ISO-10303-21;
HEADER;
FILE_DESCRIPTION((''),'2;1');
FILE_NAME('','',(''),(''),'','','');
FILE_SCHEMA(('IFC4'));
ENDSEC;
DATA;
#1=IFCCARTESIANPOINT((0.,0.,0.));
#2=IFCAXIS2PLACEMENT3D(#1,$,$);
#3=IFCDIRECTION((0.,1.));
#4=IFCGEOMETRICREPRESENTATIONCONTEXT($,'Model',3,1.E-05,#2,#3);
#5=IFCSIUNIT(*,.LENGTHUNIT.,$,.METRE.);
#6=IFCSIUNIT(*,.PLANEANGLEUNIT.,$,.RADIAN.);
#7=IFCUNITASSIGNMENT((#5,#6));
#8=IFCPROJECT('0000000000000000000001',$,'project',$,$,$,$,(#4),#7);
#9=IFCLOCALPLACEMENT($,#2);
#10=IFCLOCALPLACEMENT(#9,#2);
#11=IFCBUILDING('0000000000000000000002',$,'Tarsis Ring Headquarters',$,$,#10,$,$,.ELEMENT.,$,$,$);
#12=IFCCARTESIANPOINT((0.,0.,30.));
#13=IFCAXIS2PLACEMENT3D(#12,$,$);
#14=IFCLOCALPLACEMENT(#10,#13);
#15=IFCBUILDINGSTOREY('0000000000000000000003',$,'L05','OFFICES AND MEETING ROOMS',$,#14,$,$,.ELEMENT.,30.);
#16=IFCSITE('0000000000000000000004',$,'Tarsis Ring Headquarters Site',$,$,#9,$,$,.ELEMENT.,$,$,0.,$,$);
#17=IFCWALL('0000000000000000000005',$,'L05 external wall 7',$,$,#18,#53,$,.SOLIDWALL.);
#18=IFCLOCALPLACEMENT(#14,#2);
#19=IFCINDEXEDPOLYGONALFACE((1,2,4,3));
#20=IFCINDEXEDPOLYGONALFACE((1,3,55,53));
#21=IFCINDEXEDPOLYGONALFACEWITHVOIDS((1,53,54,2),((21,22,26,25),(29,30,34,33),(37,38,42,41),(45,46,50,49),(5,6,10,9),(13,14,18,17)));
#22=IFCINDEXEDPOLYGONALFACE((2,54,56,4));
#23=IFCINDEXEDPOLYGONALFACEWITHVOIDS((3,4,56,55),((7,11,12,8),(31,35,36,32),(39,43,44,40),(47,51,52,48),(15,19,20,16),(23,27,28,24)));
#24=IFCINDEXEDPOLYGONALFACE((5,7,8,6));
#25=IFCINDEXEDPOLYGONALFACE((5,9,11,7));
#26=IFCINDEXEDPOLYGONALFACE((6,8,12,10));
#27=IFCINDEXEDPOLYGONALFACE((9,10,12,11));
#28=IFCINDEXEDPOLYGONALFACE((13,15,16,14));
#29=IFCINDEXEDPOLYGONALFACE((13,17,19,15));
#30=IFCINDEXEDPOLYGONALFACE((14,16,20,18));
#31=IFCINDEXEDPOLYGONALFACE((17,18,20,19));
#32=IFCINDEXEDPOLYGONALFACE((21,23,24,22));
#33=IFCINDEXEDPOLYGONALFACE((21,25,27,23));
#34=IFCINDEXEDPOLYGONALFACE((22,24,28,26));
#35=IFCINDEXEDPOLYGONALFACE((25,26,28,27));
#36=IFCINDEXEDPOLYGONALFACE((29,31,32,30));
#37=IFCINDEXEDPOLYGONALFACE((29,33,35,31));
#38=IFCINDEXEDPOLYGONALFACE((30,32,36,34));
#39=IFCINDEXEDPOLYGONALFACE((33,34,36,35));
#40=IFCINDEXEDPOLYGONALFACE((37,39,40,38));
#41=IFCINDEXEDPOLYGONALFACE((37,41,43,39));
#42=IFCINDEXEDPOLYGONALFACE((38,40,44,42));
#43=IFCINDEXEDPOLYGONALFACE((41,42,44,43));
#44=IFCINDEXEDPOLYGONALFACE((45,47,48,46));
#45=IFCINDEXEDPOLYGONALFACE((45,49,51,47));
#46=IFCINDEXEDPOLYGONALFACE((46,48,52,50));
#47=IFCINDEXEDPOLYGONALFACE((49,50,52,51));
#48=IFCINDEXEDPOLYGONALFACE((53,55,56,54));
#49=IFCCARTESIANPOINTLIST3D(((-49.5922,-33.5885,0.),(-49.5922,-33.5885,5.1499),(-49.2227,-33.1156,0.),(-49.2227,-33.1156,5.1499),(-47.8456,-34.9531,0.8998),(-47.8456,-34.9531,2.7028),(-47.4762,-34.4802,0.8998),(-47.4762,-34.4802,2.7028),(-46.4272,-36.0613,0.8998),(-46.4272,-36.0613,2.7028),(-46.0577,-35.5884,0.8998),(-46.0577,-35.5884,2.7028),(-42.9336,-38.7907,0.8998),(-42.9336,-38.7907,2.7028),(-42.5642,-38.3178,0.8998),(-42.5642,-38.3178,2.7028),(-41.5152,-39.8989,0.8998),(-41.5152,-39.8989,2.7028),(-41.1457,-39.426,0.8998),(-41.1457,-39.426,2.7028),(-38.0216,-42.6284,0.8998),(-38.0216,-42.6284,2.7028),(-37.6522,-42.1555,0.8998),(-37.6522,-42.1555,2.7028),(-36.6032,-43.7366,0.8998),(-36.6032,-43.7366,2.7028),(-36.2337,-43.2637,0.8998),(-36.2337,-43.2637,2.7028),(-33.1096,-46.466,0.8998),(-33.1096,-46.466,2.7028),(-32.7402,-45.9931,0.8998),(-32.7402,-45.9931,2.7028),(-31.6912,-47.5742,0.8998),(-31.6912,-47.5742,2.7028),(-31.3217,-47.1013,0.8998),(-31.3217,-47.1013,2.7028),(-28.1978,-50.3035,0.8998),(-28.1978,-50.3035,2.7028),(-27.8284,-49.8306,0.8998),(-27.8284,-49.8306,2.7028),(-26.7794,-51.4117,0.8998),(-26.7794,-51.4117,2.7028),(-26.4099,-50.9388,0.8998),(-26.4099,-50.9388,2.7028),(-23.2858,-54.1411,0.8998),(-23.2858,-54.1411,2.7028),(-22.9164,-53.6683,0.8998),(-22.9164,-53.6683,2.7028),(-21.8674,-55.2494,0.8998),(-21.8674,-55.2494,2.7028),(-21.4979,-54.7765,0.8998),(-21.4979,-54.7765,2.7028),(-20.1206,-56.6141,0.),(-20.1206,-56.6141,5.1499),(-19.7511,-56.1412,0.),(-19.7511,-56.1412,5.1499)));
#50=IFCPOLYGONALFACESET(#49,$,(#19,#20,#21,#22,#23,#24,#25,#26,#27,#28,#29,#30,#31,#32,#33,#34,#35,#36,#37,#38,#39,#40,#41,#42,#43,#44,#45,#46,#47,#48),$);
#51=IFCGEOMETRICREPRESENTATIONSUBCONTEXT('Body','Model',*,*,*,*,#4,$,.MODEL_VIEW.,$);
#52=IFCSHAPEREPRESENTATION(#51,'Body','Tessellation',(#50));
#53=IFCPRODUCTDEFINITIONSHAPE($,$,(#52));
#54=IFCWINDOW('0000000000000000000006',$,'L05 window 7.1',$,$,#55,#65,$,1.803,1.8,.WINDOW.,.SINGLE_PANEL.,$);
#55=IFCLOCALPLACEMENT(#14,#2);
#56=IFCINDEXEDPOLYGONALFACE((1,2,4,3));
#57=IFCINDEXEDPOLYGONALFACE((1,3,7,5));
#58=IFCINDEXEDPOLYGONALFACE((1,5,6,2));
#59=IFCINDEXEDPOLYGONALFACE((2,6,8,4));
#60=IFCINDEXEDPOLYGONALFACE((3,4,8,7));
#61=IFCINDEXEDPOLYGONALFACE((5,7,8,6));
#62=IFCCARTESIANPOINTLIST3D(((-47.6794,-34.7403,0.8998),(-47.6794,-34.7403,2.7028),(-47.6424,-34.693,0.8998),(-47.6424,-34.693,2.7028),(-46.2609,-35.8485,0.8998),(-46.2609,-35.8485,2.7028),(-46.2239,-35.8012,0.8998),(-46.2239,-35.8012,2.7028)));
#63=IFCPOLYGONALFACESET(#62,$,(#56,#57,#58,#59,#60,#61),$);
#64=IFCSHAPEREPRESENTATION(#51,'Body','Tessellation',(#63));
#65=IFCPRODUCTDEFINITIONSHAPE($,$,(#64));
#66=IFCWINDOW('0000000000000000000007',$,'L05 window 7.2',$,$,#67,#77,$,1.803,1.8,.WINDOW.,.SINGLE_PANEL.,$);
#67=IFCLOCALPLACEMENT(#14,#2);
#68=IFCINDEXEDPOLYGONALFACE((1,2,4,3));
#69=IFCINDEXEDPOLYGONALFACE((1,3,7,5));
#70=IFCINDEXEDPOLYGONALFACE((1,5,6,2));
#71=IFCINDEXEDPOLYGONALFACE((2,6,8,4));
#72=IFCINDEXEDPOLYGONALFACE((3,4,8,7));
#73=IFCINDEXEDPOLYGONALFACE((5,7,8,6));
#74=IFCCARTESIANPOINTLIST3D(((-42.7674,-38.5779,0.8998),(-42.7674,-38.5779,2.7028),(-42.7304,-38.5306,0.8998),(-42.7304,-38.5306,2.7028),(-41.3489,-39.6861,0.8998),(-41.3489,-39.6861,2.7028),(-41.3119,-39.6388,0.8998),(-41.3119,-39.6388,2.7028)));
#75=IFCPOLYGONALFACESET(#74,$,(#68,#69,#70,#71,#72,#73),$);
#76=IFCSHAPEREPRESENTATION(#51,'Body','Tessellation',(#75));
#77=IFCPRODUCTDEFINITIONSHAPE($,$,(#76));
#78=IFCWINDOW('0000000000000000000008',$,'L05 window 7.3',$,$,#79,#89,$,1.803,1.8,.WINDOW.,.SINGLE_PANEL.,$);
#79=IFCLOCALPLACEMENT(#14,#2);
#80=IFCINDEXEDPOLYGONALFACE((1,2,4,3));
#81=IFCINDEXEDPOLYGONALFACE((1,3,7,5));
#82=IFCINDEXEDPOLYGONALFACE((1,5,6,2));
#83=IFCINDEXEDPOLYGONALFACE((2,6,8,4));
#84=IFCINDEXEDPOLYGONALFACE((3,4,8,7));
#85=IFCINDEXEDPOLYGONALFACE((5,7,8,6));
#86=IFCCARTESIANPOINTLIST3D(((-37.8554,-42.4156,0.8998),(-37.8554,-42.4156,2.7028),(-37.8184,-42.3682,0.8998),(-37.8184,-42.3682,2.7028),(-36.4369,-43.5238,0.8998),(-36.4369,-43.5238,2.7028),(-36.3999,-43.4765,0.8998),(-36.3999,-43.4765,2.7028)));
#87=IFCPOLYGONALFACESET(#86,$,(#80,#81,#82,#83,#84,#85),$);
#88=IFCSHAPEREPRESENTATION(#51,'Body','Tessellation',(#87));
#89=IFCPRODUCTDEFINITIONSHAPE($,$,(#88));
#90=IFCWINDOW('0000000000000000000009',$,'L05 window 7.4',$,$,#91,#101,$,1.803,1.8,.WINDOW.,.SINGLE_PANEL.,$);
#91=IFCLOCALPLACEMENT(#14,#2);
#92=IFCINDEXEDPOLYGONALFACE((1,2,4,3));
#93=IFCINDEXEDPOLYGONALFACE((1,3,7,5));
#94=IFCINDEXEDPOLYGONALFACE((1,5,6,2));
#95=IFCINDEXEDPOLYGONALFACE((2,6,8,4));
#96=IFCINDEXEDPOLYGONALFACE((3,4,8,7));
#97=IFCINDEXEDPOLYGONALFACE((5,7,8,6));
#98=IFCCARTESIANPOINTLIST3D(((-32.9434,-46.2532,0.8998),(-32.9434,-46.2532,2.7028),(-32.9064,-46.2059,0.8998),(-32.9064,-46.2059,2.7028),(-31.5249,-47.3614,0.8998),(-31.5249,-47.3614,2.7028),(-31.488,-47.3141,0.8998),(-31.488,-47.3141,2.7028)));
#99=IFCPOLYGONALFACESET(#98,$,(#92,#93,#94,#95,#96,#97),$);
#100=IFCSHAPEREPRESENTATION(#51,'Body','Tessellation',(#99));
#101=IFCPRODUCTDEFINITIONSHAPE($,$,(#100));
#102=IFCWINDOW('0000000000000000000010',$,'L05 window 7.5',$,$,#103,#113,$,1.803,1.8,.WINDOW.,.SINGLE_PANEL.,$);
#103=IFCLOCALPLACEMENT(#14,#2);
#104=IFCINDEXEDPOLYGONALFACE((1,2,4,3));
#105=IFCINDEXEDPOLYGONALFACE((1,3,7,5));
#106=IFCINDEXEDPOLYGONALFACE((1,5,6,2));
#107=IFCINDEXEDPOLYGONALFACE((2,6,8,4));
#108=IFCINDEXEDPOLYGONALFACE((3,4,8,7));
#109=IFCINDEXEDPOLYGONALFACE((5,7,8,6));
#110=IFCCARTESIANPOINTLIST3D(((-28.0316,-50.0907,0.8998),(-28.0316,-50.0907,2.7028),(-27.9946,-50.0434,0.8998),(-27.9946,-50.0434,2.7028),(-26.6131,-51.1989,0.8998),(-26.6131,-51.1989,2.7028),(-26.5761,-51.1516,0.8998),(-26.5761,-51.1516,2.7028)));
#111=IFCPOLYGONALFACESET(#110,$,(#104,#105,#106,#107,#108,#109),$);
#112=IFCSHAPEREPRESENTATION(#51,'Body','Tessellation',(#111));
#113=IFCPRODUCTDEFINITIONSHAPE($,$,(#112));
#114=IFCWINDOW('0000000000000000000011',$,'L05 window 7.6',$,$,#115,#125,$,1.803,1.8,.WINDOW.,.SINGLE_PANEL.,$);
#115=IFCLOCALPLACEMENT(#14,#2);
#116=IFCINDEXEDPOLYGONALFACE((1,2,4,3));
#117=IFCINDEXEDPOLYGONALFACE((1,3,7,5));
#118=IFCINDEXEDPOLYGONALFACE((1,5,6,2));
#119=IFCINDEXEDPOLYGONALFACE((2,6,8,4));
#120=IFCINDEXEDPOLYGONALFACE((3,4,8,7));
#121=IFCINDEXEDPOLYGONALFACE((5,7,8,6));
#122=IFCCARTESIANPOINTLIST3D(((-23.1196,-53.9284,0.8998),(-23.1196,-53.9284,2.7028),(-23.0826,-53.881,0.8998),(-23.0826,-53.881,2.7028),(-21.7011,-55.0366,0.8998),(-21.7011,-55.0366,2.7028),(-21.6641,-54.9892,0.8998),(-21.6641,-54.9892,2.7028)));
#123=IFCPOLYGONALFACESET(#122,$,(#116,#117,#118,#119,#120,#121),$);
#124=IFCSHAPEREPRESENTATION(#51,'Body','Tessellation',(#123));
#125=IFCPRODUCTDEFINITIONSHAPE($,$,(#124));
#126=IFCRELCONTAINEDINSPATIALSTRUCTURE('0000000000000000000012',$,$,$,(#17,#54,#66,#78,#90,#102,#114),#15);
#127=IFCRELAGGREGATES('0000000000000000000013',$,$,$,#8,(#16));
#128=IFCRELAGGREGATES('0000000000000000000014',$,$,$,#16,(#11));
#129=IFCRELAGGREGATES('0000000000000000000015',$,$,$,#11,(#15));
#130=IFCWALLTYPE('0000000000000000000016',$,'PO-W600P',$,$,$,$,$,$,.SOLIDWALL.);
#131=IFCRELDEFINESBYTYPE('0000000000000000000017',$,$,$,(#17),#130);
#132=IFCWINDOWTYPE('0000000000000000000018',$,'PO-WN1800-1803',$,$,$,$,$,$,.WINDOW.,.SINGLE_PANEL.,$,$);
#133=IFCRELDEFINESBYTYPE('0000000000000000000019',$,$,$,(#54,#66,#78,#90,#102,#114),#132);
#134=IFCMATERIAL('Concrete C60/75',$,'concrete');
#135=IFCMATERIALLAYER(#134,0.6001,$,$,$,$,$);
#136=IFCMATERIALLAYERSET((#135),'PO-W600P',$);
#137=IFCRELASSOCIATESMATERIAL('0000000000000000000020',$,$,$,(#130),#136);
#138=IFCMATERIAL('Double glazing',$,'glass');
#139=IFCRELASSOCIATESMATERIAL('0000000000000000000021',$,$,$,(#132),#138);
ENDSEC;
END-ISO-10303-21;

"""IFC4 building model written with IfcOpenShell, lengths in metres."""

from ifc_helpers import new_model, si_unit, direction, frame, frame_2d, origin, place, context, subcontext, project, spatial, rectangle, extrude, material, layer, layer_set, type_object, element, fill, save


model = new_model("IFC4")

# Units and contexts
model_context = context("Model", 3, precision=1e-05, world=origin(), true_north=direction((0.0, 1.0)))
body_context = subcontext(model_context, "Body", "Model", "MODEL_VIEW")
ifc_project = project(units=[si_unit("LENGTHUNIT", "METRE"), si_unit("PLANEANGLEUNIT", "RADIAN")], contexts=[model_context])

# Site, building, storey
site_placement = place(None, origin())
site = spatial("IfcSite", under=ifc_project, at=site_placement, Name="Tarsis Ring Headquarters Site", CompositionType="ELEMENT", RefElevation=0.0)
building_placement = place(site_placement, origin())
building = spatial("IfcBuilding", under=site, at=building_placement, Name="Tarsis Ring Headquarters", CompositionType="ELEMENT")
storey_placement = place(building_placement, frame((0.0, 0.0, 30.0)))
storey = spatial("IfcBuildingStorey", under=building, at=storey_placement, Name="L05", Description="OFFICES AND MEETING ROOMS", CompositionType="ELEMENT", Elevation=30.0)

# Wall, openings, windows
ifc_material_1 = material(Name="Concrete C60/75", Category="concrete")
ifc_layer_1 = layer(ifc_material_1, 0.6001)
ifc_layer_set_1 = layer_set([ifc_layer_1], Name="PO-W600P")
wall_type_1 = type_object("IfcWallType", Name="PO-W600P", PredefinedType="SOLIDWALL", material=ifc_layer_set_1)
wall_1_placement = place(storey_placement, frame((-49.4075, -33.3521, 0.0), z_axis=(0.0, 0.0, 1.0), x_axis=(0.788013, -0.615659, 0.0)))
wall_1 = element("IfcWall", 1, at=wall_1_placement, inside=storey, type_object=wall_type_1, Name="L05 external wall 7", PredefinedType="SOLIDWALL", context=body_context, shape_type="SweptSolid", body=[
    extrude(rectangle(XDim=37.3999, YDim=0.6001, at=frame_2d((18.7, 0.0))), origin(), (0.0, 0.0, 1.0), 5.1499),
])
opening_1_placement = place(wall_1_placement, frame((2.2166, 0.0, 0.8999)))
opening_1 = element("IfcOpeningElement", 2, at=opening_1_placement, cuts=wall_1, PredefinedType="OPENING", context=body_context, shape_type="SweptSolid", body=[
    extrude(rectangle(XDim=1.8, YDim=1.803, at=frame_2d((0.8999, 0.9014))), frame((0.0, 0.3101, 0.0), z_axis=(0.0, -1.0, 0.0), x_axis=(1.0, 0.0, 0.0)), (0.0, 0.0, 1.0), 0.6201),
])
opening_2_placement = place(wall_1_placement, frame((8.45, 0.0, 0.8999)))
opening_2 = element("IfcOpeningElement", 3, at=opening_2_placement, cuts=wall_1, PredefinedType="OPENING", context=body_context, shape_type="SweptSolid", body=[
    extrude(rectangle(XDim=1.8, YDim=1.803, at=frame_2d((0.8999, 0.9014))), frame((0.0, 0.3101, 0.0), z_axis=(0.0, -1.0, 0.0), x_axis=(1.0, 0.0, 0.0)), (0.0, 0.0, 1.0), 0.6201),
])
opening_3_placement = place(wall_1_placement, frame((14.6833, 0.0, 0.8999)))
opening_3 = element("IfcOpeningElement", 4, at=opening_3_placement, cuts=wall_1, PredefinedType="OPENING", context=body_context, shape_type="SweptSolid", body=[
    extrude(rectangle(XDim=1.8, YDim=1.803, at=frame_2d((0.8999, 0.9014))), frame((0.0, 0.3101, 0.0), z_axis=(0.0, -1.0, 0.0), x_axis=(1.0, 0.0, 0.0)), (0.0, 0.0, 1.0), 0.6201),
])
opening_4_placement = place(wall_1_placement, frame((20.9167, 0.0, 0.8999)))
opening_4 = element("IfcOpeningElement", 5, at=opening_4_placement, cuts=wall_1, PredefinedType="OPENING", context=body_context, shape_type="SweptSolid", body=[
    extrude(rectangle(XDim=1.8, YDim=1.803, at=frame_2d((0.8999, 0.9014))), frame((0.0, 0.3101, 0.0), z_axis=(0.0, -1.0, 0.0), x_axis=(1.0, 0.0, 0.0)), (0.0, 0.0, 1.0), 0.6201),
])
opening_5_placement = place(wall_1_placement, frame((27.1499, 0.0, 0.8999)))
opening_5 = element("IfcOpeningElement", 6, at=opening_5_placement, cuts=wall_1, PredefinedType="OPENING", context=body_context, shape_type="SweptSolid", body=[
    extrude(rectangle(XDim=1.8, YDim=1.803, at=frame_2d((0.8999, 0.9014))), frame((0.0, 0.3101, 0.0), z_axis=(0.0, -1.0, 0.0), x_axis=(1.0, 0.0, 0.0)), (0.0, 0.0, 1.0), 0.6201),
])
opening_6_placement = place(wall_1_placement, frame((33.3833, 0.0, 0.8999)))
opening_6 = element("IfcOpeningElement", 7, at=opening_6_placement, cuts=wall_1, PredefinedType="OPENING", context=body_context, shape_type="SweptSolid", body=[
    extrude(rectangle(XDim=1.8, YDim=1.803, at=frame_2d((0.8999, 0.9014))), frame((0.0, 0.3101, 0.0), z_axis=(0.0, -1.0, 0.0), x_axis=(1.0, 0.0, 0.0)), (0.0, 0.0, 1.0), 0.6201),
])
ifc_material_2 = material(Name="Double glazing", Category="glass")
window_type = type_object("IfcWindowType", Name="PO-WN1800-1803", PartitioningType="SINGLE_PANEL", PredefinedType="WINDOW", material=ifc_material_2)
window_1_placement = place(opening_1_placement, origin())
window_1 = element("IfcWindow", 8, at=window_1_placement, inside=storey, type_object=window_type, Name="L05 window 7.1", OverallHeight=1.803, OverallWidth=1.8, PartitioningType="SINGLE_PANEL", PredefinedType="WINDOW", context=body_context, shape_type="SweptSolid", body=[
    extrude(rectangle(XDim=1.8, YDim=1.803, at=frame_2d((0.8999, 0.9014))), frame((0.0, 0.03, 0.0), z_axis=(0.0, -1.0, 0.0), x_axis=(1.0, 0.0, 0.0)), (0.0, 0.0, 1.0), 0.0601),
])
fill(opening_1, window_1)
window_2_placement = place(opening_2_placement, origin())
window_2 = element("IfcWindow", 9, at=window_2_placement, inside=storey, type_object=window_type, Name="L05 window 7.2", OverallHeight=1.803, OverallWidth=1.8, PartitioningType="SINGLE_PANEL", PredefinedType="WINDOW", context=body_context, shape_type="SweptSolid", body=[
    extrude(rectangle(XDim=1.8, YDim=1.803, at=frame_2d((0.8999, 0.9014))), frame((0.0, 0.03, 0.0), z_axis=(0.0, -1.0, 0.0), x_axis=(1.0, 0.0, 0.0)), (0.0, 0.0, 1.0), 0.0601),
])
fill(opening_2, window_2)
window_3_placement = place(opening_3_placement, origin())
window_3 = element("IfcWindow", 10, at=window_3_placement, inside=storey, type_object=window_type, Name="L05 window 7.3", OverallHeight=1.803, OverallWidth=1.8, PartitioningType="SINGLE_PANEL", PredefinedType="WINDOW", context=body_context, shape_type="SweptSolid", body=[
    extrude(rectangle(XDim=1.8, YDim=1.803, at=frame_2d((0.8999, 0.9014))), frame((0.0, 0.03, 0.0), z_axis=(0.0, -1.0, 0.0), x_axis=(1.0, 0.0, 0.0)), (0.0, 0.0, 1.0), 0.0601),
])
fill(opening_3, window_3)
window_4_placement = place(opening_4_placement, origin())
window_4 = element("IfcWindow", 11, at=window_4_placement, inside=storey, type_object=window_type, Name="L05 window 7.4", OverallHeight=1.803, OverallWidth=1.8, PartitioningType="SINGLE_PANEL", PredefinedType="WINDOW", context=body_context, shape_type="SweptSolid", body=[
    extrude(rectangle(XDim=1.8, YDim=1.803, at=frame_2d((0.8999, 0.9014))), frame((0.0, 0.03, 0.0), z_axis=(0.0, -1.0, 0.0), x_axis=(1.0, 0.0, 0.0)), (0.0, 0.0, 1.0), 0.0601),
])
fill(opening_4, window_4)
window_5_placement = place(opening_5_placement, origin())
window_5 = element("IfcWindow", 12, at=window_5_placement, inside=storey, type_object=window_type, Name="L05 window 7.5", OverallHeight=1.803, OverallWidth=1.8, PartitioningType="SINGLE_PANEL", PredefinedType="WINDOW", context=body_context, shape_type="SweptSolid", body=[
    extrude(rectangle(XDim=1.8, YDim=1.803, at=frame_2d((0.8999, 0.9014))), frame((0.0, 0.03, 0.0), z_axis=(0.0, -1.0, 0.0), x_axis=(1.0, 0.0, 0.0)), (0.0, 0.0, 1.0), 0.0601),
])
fill(opening_5, window_5)
window_6_placement = place(opening_6_placement, origin())
window_6 = element("IfcWindow", 13, at=window_6_placement, inside=storey, type_object=window_type, Name="L05 window 7.6", OverallHeight=1.803, OverallWidth=1.8, PartitioningType="SINGLE_PANEL", PredefinedType="WINDOW", context=body_context, shape_type="SweptSolid", body=[
    extrude(rectangle(XDim=1.8, YDim=1.803, at=frame_2d((0.8999, 0.9014))), frame((0.0, 0.03, 0.0), z_axis=(0.0, -1.0, 0.0), x_axis=(1.0, 0.0, 0.0)), (0.0, 0.0, 1.0), 0.0601),
])
fill(opening_6, window_6)

save(model, "model.ifc")
